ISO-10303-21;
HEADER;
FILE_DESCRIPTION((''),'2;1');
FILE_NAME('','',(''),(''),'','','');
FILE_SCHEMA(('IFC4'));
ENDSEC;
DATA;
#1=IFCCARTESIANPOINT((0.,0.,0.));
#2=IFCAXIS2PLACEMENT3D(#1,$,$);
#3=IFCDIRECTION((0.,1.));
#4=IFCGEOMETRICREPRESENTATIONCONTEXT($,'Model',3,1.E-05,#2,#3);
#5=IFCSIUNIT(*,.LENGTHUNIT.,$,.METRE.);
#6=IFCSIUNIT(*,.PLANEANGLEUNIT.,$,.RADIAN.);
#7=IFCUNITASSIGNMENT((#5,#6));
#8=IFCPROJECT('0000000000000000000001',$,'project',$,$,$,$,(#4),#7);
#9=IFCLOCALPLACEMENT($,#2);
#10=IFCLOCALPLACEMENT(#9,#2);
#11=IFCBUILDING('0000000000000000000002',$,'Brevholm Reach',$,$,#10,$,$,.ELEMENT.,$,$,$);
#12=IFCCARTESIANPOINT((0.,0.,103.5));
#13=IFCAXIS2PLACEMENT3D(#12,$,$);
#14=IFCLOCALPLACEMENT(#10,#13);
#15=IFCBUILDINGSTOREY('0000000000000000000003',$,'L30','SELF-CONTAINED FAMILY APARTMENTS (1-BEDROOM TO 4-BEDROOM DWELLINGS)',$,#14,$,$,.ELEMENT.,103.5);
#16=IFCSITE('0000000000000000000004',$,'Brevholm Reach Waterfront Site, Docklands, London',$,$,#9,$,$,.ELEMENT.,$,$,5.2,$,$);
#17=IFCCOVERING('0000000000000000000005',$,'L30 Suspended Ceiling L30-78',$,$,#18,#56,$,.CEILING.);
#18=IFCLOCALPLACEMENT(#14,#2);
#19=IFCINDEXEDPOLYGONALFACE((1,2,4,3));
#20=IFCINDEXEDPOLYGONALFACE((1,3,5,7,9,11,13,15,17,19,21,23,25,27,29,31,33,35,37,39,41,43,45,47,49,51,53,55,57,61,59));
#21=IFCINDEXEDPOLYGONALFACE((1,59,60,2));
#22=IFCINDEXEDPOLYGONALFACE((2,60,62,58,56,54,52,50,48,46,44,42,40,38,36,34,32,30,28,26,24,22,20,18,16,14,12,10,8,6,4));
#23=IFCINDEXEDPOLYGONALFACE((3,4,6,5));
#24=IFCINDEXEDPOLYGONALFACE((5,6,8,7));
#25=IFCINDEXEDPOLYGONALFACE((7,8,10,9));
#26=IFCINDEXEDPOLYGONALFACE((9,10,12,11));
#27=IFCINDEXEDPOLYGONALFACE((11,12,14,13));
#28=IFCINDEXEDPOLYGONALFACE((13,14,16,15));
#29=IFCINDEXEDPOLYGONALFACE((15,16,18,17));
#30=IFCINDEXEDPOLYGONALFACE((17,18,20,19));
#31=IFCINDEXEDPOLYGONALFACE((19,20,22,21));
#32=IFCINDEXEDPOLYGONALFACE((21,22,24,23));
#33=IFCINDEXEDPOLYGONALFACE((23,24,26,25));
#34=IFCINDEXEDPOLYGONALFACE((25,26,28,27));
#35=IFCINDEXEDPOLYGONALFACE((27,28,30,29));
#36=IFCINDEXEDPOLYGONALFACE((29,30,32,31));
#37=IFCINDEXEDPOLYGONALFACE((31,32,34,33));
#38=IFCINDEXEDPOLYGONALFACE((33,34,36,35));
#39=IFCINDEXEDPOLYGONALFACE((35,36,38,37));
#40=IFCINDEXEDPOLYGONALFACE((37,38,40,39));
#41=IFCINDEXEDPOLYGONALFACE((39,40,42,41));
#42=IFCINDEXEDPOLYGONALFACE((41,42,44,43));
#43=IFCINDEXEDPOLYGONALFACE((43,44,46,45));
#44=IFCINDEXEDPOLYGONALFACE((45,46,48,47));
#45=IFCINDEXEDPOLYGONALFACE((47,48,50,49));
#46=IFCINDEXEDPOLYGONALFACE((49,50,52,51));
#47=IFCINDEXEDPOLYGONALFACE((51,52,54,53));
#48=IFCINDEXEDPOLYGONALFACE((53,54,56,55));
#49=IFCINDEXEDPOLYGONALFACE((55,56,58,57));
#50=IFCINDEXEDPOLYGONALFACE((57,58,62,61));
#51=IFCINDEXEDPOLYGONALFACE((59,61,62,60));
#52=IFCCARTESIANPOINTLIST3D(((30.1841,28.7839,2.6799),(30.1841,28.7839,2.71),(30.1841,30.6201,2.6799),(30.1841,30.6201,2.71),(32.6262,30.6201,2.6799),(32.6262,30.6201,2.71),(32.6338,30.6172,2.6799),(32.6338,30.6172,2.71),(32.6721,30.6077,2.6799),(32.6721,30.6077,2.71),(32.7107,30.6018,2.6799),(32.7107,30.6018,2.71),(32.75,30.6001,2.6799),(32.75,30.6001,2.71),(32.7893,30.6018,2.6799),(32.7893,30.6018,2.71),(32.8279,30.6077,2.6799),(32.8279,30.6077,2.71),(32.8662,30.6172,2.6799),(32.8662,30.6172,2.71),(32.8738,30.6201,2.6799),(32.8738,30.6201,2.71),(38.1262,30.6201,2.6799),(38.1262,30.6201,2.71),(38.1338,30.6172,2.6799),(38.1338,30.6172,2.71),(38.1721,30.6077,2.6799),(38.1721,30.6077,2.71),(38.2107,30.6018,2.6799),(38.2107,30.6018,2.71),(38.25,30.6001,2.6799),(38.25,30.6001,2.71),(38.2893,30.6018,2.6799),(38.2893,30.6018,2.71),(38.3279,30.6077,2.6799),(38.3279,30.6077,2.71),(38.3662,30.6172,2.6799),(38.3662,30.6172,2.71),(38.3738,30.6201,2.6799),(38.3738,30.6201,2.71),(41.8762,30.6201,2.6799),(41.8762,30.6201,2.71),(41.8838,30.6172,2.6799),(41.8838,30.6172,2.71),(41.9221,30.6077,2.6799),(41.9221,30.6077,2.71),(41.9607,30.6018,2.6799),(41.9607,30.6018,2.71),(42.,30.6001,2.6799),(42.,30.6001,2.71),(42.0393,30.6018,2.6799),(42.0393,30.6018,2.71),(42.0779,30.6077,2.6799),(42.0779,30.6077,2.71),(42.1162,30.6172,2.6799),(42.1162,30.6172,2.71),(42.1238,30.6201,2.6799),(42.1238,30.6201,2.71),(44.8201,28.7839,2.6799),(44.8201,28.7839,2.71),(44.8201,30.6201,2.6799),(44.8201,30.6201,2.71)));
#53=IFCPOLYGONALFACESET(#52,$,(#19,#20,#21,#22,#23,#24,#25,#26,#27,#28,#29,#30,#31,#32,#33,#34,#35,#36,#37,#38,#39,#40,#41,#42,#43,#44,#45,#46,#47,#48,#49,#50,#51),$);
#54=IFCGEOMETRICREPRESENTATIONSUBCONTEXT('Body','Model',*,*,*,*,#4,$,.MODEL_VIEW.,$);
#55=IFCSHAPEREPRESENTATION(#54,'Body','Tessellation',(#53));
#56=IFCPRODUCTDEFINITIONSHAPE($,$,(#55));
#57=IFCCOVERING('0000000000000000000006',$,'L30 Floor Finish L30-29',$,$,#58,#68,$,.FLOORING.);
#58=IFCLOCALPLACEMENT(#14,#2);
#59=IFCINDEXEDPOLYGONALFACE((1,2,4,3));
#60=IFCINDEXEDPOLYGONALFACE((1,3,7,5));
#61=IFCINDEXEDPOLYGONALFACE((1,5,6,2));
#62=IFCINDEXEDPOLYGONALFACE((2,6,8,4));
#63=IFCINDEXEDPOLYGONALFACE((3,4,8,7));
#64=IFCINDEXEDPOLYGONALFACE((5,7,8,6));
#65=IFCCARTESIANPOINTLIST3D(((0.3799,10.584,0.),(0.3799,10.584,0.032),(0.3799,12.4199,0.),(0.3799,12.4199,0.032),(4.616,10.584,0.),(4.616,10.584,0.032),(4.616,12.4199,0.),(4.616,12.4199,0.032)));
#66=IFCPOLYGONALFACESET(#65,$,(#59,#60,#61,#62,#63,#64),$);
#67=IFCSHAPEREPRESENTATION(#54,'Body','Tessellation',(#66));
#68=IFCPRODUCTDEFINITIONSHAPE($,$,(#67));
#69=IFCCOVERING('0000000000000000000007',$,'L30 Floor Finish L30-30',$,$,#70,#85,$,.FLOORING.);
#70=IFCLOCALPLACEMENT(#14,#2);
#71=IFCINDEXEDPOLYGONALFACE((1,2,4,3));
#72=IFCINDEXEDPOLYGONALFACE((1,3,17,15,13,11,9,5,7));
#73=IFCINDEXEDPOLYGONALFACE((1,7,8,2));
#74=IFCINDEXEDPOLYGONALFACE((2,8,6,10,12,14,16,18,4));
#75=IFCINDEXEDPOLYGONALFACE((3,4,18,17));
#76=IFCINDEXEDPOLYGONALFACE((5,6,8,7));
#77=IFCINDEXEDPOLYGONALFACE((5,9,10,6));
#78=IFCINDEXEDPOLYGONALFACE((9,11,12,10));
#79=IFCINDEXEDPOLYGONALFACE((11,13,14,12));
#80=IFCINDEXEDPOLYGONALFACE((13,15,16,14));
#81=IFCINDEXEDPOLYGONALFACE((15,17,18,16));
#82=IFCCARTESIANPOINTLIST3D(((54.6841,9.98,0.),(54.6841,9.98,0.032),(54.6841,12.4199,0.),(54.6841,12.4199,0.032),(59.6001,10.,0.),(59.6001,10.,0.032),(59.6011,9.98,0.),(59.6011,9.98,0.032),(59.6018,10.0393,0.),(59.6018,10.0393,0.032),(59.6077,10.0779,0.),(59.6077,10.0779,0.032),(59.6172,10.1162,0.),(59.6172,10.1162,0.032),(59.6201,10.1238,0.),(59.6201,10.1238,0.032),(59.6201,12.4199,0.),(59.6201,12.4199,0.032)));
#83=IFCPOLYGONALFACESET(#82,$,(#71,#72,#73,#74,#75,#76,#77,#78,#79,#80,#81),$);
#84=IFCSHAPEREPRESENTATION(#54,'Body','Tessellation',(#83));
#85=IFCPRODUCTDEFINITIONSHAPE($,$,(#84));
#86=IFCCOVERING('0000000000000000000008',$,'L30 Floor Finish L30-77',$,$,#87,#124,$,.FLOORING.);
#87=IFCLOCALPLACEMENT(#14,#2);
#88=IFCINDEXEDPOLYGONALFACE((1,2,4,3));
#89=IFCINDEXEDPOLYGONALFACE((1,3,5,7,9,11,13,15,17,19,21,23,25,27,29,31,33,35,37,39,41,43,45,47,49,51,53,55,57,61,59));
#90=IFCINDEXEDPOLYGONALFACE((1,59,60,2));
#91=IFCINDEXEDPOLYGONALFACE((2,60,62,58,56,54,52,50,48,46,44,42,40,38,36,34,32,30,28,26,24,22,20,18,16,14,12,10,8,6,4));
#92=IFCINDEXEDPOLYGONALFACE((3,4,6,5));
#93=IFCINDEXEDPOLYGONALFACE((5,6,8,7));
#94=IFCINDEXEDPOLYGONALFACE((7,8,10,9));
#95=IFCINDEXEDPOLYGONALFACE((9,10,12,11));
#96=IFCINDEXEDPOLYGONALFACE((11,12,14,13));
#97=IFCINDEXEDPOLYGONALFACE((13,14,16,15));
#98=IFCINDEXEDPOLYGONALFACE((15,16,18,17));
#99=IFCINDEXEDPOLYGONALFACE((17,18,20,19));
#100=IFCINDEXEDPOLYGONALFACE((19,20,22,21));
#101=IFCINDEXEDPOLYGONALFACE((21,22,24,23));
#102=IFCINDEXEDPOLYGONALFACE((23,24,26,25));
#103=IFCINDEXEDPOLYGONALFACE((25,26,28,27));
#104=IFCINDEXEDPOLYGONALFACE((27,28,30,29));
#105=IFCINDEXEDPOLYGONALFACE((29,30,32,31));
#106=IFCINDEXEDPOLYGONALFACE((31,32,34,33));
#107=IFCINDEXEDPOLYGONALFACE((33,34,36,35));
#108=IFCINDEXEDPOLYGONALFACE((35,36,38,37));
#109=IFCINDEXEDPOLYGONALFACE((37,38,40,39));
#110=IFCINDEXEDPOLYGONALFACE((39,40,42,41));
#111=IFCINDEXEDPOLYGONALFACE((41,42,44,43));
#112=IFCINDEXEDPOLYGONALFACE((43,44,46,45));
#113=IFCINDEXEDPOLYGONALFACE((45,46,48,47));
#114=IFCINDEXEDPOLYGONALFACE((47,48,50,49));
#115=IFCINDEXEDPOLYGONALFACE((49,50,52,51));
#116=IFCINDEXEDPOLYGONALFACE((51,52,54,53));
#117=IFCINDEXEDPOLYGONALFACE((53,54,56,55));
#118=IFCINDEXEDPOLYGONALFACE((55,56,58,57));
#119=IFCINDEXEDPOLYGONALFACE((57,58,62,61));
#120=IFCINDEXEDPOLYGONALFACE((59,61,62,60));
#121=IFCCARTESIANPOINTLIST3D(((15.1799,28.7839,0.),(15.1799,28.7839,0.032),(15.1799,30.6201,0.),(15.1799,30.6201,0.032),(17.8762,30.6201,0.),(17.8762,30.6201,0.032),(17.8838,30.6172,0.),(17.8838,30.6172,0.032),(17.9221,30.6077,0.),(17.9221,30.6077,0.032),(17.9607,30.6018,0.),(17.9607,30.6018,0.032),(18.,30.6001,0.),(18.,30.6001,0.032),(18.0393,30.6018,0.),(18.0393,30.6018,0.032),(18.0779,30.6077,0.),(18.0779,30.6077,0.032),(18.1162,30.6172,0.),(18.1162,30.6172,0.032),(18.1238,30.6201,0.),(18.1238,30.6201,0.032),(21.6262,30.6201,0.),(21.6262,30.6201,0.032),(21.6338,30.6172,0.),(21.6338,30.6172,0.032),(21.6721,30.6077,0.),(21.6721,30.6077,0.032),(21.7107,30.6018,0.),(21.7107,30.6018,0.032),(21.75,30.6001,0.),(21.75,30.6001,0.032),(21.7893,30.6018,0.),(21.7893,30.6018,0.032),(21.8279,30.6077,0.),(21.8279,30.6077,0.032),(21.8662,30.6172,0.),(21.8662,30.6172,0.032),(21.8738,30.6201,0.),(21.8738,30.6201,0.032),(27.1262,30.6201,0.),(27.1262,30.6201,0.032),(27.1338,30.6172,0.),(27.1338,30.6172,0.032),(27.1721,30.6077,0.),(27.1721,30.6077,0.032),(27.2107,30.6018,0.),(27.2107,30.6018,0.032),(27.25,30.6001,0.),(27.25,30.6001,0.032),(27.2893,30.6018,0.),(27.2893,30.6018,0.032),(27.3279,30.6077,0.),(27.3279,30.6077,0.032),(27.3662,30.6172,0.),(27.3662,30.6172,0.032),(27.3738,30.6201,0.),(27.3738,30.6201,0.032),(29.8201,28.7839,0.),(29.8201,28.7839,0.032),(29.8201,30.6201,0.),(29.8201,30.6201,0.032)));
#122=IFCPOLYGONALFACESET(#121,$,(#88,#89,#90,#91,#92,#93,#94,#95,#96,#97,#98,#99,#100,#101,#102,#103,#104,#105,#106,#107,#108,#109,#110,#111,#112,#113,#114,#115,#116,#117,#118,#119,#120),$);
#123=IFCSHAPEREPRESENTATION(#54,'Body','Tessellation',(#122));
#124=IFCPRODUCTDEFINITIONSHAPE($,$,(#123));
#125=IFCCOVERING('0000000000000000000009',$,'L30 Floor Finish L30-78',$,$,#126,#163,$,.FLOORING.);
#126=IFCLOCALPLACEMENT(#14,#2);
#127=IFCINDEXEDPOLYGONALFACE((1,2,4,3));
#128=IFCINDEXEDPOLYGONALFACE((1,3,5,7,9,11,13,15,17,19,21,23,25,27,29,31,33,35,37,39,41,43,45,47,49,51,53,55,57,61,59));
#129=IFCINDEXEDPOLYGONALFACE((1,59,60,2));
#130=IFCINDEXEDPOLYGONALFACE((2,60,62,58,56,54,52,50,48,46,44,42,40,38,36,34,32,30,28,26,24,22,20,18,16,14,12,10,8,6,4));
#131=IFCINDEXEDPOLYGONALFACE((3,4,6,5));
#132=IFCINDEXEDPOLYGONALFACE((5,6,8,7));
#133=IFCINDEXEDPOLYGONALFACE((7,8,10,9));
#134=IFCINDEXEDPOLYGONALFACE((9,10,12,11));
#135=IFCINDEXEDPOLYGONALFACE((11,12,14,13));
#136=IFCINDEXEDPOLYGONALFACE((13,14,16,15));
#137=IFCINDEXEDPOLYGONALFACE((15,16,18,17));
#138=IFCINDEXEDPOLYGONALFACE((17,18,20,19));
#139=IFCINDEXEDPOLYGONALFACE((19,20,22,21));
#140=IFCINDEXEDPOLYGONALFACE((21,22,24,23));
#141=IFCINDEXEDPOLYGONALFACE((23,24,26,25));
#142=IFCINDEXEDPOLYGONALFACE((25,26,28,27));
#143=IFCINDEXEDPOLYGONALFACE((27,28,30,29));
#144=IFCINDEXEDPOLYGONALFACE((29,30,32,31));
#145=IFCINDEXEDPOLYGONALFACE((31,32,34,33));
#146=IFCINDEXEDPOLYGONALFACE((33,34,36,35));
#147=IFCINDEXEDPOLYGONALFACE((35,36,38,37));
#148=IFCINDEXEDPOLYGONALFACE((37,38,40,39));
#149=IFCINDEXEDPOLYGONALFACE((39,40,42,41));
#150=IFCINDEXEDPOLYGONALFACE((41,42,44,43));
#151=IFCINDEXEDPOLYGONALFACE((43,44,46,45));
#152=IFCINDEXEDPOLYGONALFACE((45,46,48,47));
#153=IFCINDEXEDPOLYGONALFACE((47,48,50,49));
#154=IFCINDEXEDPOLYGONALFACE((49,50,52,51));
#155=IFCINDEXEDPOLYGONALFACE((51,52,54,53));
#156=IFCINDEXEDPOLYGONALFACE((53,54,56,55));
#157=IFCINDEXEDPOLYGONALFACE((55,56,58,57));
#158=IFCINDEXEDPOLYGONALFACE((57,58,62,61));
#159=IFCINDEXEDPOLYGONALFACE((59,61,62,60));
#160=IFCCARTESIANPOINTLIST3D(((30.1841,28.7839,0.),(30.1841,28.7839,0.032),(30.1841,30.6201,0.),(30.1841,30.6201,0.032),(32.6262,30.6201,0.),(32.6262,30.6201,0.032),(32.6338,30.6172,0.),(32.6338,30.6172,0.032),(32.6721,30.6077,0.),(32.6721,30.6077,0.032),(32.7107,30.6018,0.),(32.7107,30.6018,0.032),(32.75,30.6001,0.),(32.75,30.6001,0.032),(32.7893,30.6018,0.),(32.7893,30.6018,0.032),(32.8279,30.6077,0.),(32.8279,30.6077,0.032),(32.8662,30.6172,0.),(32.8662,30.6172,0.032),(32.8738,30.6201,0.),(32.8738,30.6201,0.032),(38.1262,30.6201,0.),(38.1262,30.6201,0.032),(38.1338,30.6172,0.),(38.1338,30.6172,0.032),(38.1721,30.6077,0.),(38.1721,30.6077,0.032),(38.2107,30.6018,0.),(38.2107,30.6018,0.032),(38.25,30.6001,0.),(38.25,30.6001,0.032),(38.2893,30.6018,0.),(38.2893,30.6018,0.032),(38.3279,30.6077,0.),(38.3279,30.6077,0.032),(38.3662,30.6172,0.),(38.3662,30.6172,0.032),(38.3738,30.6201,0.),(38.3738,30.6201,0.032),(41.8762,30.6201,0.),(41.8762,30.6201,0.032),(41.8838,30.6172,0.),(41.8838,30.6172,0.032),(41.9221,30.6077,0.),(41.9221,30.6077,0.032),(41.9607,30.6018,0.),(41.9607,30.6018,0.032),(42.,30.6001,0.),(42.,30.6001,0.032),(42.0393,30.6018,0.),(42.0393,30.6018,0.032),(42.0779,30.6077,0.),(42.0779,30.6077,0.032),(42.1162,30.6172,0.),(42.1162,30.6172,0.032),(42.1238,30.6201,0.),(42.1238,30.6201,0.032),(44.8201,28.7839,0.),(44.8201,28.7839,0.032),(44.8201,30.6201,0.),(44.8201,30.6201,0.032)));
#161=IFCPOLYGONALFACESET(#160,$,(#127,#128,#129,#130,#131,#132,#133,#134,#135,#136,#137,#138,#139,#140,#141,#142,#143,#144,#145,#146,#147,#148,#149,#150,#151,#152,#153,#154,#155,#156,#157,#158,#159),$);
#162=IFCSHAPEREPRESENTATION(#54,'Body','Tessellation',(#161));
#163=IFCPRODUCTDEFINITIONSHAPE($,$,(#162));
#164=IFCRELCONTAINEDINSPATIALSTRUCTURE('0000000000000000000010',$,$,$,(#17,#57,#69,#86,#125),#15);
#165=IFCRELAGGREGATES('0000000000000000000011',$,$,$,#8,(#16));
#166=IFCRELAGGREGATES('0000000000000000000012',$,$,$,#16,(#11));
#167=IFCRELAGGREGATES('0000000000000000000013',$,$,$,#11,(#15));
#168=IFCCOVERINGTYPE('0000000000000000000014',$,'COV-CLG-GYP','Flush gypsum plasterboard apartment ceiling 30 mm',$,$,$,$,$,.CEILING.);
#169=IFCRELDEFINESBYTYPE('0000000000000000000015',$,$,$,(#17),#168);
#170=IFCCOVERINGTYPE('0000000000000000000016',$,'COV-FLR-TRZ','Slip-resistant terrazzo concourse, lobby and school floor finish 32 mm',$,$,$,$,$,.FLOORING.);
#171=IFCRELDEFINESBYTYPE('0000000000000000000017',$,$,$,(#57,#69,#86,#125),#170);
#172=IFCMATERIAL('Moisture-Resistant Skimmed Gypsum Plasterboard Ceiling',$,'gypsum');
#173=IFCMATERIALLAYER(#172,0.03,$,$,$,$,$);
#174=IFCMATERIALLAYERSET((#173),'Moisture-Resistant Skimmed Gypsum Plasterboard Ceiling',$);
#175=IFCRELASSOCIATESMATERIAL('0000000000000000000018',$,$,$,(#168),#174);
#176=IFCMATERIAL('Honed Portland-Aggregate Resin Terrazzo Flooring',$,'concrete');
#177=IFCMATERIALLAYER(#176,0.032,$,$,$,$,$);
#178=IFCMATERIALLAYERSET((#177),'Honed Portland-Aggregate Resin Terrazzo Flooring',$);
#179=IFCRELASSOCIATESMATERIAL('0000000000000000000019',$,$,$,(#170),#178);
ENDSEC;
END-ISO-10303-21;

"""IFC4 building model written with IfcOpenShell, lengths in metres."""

from ifc_helpers import new_model, si_unit, direction, frame, origin, place, context, subcontext, project, spatial, polyline, outline, extrude, material, layer, layer_set, type_object, element, save


model = new_model("IFC4")

# Units and contexts
model_context = context("Model", 3, precision=1e-05, world=origin(), true_north=direction((0.0, 1.0)))
body_context = subcontext(model_context, "Body", "Model", "MODEL_VIEW")
ifc_project = project(units=[si_unit("LENGTHUNIT", "METRE"), si_unit("PLANEANGLEUNIT", "RADIAN")], contexts=[model_context])

# Site, building, storey
site_placement = place(None, origin())
site = spatial("IfcSite", under=ifc_project, at=site_placement, Name="Brevholm Reach Waterfront Site, Docklands, London", CompositionType="ELEMENT", RefElevation=5.2)
building_placement = place(site_placement, origin())
building = spatial("IfcBuilding", under=site, at=building_placement, Name="Brevholm Reach", CompositionType="ELEMENT")
storey_placement = place(building_placement, frame((0.0, 0.0, 103.5)))
storey = spatial("IfcBuildingStorey", under=building, at=storey_placement, Name="L30", Description="SELF-CONTAINED FAMILY APARTMENTS (1-BEDROOM TO 4-BEDROOM DWELLINGS)", CompositionType="ELEMENT", Elevation=103.5)

# Coverings
ifc_material_1 = material(Name="Moisture-Resistant Skimmed Gypsum Plasterboard Ceiling", Category="gypsum")
ifc_layer_1 = layer(ifc_material_1, 0.03)
ifc_layer_set_1 = layer_set([ifc_layer_1], Name="Moisture-Resistant Skimmed Gypsum Plasterboard Ceiling")
covering_type_1 = type_object("IfcCoveringType", Name="COV-CLG-GYP", Description="Flush gypsum plasterboard apartment ceiling 30 mm", PredefinedType="CEILING", material=ifc_layer_set_1)
covering_1_placement = place(storey_placement, frame((0.0, 0.0, 2.6799)))
element("IfcCovering", 1, at=covering_1_placement, inside=storey, type_object=covering_type_1, Name="L30 Suspended Ceiling L30-78", PredefinedType="CEILING", context=body_context, shape_type="SweptSolid", body=[
    extrude(outline(polyline([(32.6262, 30.6201), (32.6338, 30.6172), (32.6721, 30.6077), (32.7107, 30.6018), (32.75, 30.6001), (32.7893, 30.6018), (32.8279, 30.6077), (32.8662, 30.6172), (32.8738, 30.6201), (38.1262, 30.6201), (38.1338, 30.6172), (38.1721, 30.6077), (38.2107, 30.6018), (38.25, 30.6001), (38.2893, 30.6018), (38.3279, 30.6077), (38.3662, 30.6172), (38.3738, 30.6201), (41.8762, 30.6201), (41.8838, 30.6172), (41.9221, 30.6077), (41.9607, 30.6018), (42.0, 30.6001), (42.0393, 30.6018), (42.0779, 30.6077), (42.1162, 30.6172), (42.1238, 30.6201), (44.8201, 30.6201), (44.8201, 28.7839), (30.1841, 28.7839), (30.1841, 30.6201), (32.6262, 30.6201)])), origin(), (0.0, 0.0, 1.0), 0.03),
])
ifc_material_2 = material(Name="Honed Portland-Aggregate Resin Terrazzo Flooring", Category="concrete")
ifc_layer_2 = layer(ifc_material_2, 0.032)
ifc_layer_set_2 = layer_set([ifc_layer_2], Name="Honed Portland-Aggregate Resin Terrazzo Flooring")
covering_type_2 = type_object("IfcCoveringType", Name="COV-FLR-TRZ", Description="Slip-resistant terrazzo concourse, lobby and school floor finish 32 mm", PredefinedType="FLOORING", material=ifc_layer_set_2)
covering_2_placement = place(storey_placement, origin())
element("IfcCovering", 2, at=covering_2_placement, inside=storey, type_object=covering_type_2, Name="L30 Floor Finish L30-29", PredefinedType="FLOORING", context=body_context, shape_type="SweptSolid", body=[
    extrude(outline(polyline([(0.3799, 12.4199), (4.616, 12.4199), (4.616, 10.584), (0.3799, 10.584), (0.3799, 12.4199)])), origin(), (0.0, 0.0, 1.0), 0.032),
])
covering_3_placement = place(storey_placement, origin())
element("IfcCovering", 3, at=covering_3_placement, inside=storey, type_object=covering_type_2, Name="L30 Floor Finish L30-30", PredefinedType="FLOORING", context=body_context, shape_type="SweptSolid", body=[
    extrude(outline(polyline([(59.6201, 12.4199), (59.6201, 10.1238), (59.6172, 10.1162), (59.6077, 10.0779), (59.6018, 10.0393), (59.6001, 10.0), (59.6011, 9.98), (54.6841, 9.98), (54.6841, 12.4199), (59.6201, 12.4199)])), origin(), (0.0, 0.0, 1.0), 0.032),
])
covering_4_placement = place(storey_placement, origin())
element("IfcCovering", 4, at=covering_4_placement, inside=storey, type_object=covering_type_2, Name="L30 Floor Finish L30-77", PredefinedType="FLOORING", context=body_context, shape_type="SweptSolid", body=[
    extrude(outline(polyline([(15.1799, 30.6201), (17.8762, 30.6201), (17.8838, 30.6172), (17.9221, 30.6077), (17.9607, 30.6018), (18.0, 30.6001), (18.0393, 30.6018), (18.0779, 30.6077), (18.1162, 30.6172), (18.1238, 30.6201), (21.6262, 30.6201), (21.6338, 30.6172), (21.6721, 30.6077), (21.7107, 30.6018), (21.75, 30.6001), (21.7893, 30.6018), (21.8279, 30.6077), (21.8662, 30.6172), (21.8738, 30.6201), (27.1262, 30.6201), (27.1338, 30.6172), (27.1721, 30.6077), (27.2107, 30.6018), (27.25, 30.6001), (27.2893, 30.6018), (27.3279, 30.6077), (27.3662, 30.6172), (27.3738, 30.6201), (29.8201, 30.6201), (29.8201, 28.7839), (15.1799, 28.7839), (15.1799, 30.6201)])), origin(), (0.0, 0.0, 1.0), 0.032),
])
covering_5_placement = place(storey_placement, origin())
element("IfcCovering", 5, at=covering_5_placement, inside=storey, type_object=covering_type_2, Name="L30 Floor Finish L30-78", PredefinedType="FLOORING", context=body_context, shape_type="SweptSolid", body=[
    extrude(outline(polyline([(32.6262, 30.6201), (32.6338, 30.6172), (32.6721, 30.6077), (32.7107, 30.6018), (32.75, 30.6001), (32.7893, 30.6018), (32.8279, 30.6077), (32.8662, 30.6172), (32.8738, 30.6201), (38.1262, 30.6201), (38.1338, 30.6172), (38.1721, 30.6077), (38.2107, 30.6018), (38.25, 30.6001), (38.2893, 30.6018), (38.3279, 30.6077), (38.3662, 30.6172), (38.3738, 30.6201), (41.8762, 30.6201), (41.8838, 30.6172), (41.9221, 30.6077), (41.9607, 30.6018), (42.0, 30.6001), (42.0393, 30.6018), (42.0779, 30.6077), (42.1162, 30.6172), (42.1238, 30.6201), (44.8201, 30.6201), (44.8201, 28.7839), (30.1841, 28.7839), (30.1841, 30.6201), (32.6262, 30.6201)])), origin(), (0.0, 0.0, 1.0), 0.032),
])

save(model, "model.ifc")
